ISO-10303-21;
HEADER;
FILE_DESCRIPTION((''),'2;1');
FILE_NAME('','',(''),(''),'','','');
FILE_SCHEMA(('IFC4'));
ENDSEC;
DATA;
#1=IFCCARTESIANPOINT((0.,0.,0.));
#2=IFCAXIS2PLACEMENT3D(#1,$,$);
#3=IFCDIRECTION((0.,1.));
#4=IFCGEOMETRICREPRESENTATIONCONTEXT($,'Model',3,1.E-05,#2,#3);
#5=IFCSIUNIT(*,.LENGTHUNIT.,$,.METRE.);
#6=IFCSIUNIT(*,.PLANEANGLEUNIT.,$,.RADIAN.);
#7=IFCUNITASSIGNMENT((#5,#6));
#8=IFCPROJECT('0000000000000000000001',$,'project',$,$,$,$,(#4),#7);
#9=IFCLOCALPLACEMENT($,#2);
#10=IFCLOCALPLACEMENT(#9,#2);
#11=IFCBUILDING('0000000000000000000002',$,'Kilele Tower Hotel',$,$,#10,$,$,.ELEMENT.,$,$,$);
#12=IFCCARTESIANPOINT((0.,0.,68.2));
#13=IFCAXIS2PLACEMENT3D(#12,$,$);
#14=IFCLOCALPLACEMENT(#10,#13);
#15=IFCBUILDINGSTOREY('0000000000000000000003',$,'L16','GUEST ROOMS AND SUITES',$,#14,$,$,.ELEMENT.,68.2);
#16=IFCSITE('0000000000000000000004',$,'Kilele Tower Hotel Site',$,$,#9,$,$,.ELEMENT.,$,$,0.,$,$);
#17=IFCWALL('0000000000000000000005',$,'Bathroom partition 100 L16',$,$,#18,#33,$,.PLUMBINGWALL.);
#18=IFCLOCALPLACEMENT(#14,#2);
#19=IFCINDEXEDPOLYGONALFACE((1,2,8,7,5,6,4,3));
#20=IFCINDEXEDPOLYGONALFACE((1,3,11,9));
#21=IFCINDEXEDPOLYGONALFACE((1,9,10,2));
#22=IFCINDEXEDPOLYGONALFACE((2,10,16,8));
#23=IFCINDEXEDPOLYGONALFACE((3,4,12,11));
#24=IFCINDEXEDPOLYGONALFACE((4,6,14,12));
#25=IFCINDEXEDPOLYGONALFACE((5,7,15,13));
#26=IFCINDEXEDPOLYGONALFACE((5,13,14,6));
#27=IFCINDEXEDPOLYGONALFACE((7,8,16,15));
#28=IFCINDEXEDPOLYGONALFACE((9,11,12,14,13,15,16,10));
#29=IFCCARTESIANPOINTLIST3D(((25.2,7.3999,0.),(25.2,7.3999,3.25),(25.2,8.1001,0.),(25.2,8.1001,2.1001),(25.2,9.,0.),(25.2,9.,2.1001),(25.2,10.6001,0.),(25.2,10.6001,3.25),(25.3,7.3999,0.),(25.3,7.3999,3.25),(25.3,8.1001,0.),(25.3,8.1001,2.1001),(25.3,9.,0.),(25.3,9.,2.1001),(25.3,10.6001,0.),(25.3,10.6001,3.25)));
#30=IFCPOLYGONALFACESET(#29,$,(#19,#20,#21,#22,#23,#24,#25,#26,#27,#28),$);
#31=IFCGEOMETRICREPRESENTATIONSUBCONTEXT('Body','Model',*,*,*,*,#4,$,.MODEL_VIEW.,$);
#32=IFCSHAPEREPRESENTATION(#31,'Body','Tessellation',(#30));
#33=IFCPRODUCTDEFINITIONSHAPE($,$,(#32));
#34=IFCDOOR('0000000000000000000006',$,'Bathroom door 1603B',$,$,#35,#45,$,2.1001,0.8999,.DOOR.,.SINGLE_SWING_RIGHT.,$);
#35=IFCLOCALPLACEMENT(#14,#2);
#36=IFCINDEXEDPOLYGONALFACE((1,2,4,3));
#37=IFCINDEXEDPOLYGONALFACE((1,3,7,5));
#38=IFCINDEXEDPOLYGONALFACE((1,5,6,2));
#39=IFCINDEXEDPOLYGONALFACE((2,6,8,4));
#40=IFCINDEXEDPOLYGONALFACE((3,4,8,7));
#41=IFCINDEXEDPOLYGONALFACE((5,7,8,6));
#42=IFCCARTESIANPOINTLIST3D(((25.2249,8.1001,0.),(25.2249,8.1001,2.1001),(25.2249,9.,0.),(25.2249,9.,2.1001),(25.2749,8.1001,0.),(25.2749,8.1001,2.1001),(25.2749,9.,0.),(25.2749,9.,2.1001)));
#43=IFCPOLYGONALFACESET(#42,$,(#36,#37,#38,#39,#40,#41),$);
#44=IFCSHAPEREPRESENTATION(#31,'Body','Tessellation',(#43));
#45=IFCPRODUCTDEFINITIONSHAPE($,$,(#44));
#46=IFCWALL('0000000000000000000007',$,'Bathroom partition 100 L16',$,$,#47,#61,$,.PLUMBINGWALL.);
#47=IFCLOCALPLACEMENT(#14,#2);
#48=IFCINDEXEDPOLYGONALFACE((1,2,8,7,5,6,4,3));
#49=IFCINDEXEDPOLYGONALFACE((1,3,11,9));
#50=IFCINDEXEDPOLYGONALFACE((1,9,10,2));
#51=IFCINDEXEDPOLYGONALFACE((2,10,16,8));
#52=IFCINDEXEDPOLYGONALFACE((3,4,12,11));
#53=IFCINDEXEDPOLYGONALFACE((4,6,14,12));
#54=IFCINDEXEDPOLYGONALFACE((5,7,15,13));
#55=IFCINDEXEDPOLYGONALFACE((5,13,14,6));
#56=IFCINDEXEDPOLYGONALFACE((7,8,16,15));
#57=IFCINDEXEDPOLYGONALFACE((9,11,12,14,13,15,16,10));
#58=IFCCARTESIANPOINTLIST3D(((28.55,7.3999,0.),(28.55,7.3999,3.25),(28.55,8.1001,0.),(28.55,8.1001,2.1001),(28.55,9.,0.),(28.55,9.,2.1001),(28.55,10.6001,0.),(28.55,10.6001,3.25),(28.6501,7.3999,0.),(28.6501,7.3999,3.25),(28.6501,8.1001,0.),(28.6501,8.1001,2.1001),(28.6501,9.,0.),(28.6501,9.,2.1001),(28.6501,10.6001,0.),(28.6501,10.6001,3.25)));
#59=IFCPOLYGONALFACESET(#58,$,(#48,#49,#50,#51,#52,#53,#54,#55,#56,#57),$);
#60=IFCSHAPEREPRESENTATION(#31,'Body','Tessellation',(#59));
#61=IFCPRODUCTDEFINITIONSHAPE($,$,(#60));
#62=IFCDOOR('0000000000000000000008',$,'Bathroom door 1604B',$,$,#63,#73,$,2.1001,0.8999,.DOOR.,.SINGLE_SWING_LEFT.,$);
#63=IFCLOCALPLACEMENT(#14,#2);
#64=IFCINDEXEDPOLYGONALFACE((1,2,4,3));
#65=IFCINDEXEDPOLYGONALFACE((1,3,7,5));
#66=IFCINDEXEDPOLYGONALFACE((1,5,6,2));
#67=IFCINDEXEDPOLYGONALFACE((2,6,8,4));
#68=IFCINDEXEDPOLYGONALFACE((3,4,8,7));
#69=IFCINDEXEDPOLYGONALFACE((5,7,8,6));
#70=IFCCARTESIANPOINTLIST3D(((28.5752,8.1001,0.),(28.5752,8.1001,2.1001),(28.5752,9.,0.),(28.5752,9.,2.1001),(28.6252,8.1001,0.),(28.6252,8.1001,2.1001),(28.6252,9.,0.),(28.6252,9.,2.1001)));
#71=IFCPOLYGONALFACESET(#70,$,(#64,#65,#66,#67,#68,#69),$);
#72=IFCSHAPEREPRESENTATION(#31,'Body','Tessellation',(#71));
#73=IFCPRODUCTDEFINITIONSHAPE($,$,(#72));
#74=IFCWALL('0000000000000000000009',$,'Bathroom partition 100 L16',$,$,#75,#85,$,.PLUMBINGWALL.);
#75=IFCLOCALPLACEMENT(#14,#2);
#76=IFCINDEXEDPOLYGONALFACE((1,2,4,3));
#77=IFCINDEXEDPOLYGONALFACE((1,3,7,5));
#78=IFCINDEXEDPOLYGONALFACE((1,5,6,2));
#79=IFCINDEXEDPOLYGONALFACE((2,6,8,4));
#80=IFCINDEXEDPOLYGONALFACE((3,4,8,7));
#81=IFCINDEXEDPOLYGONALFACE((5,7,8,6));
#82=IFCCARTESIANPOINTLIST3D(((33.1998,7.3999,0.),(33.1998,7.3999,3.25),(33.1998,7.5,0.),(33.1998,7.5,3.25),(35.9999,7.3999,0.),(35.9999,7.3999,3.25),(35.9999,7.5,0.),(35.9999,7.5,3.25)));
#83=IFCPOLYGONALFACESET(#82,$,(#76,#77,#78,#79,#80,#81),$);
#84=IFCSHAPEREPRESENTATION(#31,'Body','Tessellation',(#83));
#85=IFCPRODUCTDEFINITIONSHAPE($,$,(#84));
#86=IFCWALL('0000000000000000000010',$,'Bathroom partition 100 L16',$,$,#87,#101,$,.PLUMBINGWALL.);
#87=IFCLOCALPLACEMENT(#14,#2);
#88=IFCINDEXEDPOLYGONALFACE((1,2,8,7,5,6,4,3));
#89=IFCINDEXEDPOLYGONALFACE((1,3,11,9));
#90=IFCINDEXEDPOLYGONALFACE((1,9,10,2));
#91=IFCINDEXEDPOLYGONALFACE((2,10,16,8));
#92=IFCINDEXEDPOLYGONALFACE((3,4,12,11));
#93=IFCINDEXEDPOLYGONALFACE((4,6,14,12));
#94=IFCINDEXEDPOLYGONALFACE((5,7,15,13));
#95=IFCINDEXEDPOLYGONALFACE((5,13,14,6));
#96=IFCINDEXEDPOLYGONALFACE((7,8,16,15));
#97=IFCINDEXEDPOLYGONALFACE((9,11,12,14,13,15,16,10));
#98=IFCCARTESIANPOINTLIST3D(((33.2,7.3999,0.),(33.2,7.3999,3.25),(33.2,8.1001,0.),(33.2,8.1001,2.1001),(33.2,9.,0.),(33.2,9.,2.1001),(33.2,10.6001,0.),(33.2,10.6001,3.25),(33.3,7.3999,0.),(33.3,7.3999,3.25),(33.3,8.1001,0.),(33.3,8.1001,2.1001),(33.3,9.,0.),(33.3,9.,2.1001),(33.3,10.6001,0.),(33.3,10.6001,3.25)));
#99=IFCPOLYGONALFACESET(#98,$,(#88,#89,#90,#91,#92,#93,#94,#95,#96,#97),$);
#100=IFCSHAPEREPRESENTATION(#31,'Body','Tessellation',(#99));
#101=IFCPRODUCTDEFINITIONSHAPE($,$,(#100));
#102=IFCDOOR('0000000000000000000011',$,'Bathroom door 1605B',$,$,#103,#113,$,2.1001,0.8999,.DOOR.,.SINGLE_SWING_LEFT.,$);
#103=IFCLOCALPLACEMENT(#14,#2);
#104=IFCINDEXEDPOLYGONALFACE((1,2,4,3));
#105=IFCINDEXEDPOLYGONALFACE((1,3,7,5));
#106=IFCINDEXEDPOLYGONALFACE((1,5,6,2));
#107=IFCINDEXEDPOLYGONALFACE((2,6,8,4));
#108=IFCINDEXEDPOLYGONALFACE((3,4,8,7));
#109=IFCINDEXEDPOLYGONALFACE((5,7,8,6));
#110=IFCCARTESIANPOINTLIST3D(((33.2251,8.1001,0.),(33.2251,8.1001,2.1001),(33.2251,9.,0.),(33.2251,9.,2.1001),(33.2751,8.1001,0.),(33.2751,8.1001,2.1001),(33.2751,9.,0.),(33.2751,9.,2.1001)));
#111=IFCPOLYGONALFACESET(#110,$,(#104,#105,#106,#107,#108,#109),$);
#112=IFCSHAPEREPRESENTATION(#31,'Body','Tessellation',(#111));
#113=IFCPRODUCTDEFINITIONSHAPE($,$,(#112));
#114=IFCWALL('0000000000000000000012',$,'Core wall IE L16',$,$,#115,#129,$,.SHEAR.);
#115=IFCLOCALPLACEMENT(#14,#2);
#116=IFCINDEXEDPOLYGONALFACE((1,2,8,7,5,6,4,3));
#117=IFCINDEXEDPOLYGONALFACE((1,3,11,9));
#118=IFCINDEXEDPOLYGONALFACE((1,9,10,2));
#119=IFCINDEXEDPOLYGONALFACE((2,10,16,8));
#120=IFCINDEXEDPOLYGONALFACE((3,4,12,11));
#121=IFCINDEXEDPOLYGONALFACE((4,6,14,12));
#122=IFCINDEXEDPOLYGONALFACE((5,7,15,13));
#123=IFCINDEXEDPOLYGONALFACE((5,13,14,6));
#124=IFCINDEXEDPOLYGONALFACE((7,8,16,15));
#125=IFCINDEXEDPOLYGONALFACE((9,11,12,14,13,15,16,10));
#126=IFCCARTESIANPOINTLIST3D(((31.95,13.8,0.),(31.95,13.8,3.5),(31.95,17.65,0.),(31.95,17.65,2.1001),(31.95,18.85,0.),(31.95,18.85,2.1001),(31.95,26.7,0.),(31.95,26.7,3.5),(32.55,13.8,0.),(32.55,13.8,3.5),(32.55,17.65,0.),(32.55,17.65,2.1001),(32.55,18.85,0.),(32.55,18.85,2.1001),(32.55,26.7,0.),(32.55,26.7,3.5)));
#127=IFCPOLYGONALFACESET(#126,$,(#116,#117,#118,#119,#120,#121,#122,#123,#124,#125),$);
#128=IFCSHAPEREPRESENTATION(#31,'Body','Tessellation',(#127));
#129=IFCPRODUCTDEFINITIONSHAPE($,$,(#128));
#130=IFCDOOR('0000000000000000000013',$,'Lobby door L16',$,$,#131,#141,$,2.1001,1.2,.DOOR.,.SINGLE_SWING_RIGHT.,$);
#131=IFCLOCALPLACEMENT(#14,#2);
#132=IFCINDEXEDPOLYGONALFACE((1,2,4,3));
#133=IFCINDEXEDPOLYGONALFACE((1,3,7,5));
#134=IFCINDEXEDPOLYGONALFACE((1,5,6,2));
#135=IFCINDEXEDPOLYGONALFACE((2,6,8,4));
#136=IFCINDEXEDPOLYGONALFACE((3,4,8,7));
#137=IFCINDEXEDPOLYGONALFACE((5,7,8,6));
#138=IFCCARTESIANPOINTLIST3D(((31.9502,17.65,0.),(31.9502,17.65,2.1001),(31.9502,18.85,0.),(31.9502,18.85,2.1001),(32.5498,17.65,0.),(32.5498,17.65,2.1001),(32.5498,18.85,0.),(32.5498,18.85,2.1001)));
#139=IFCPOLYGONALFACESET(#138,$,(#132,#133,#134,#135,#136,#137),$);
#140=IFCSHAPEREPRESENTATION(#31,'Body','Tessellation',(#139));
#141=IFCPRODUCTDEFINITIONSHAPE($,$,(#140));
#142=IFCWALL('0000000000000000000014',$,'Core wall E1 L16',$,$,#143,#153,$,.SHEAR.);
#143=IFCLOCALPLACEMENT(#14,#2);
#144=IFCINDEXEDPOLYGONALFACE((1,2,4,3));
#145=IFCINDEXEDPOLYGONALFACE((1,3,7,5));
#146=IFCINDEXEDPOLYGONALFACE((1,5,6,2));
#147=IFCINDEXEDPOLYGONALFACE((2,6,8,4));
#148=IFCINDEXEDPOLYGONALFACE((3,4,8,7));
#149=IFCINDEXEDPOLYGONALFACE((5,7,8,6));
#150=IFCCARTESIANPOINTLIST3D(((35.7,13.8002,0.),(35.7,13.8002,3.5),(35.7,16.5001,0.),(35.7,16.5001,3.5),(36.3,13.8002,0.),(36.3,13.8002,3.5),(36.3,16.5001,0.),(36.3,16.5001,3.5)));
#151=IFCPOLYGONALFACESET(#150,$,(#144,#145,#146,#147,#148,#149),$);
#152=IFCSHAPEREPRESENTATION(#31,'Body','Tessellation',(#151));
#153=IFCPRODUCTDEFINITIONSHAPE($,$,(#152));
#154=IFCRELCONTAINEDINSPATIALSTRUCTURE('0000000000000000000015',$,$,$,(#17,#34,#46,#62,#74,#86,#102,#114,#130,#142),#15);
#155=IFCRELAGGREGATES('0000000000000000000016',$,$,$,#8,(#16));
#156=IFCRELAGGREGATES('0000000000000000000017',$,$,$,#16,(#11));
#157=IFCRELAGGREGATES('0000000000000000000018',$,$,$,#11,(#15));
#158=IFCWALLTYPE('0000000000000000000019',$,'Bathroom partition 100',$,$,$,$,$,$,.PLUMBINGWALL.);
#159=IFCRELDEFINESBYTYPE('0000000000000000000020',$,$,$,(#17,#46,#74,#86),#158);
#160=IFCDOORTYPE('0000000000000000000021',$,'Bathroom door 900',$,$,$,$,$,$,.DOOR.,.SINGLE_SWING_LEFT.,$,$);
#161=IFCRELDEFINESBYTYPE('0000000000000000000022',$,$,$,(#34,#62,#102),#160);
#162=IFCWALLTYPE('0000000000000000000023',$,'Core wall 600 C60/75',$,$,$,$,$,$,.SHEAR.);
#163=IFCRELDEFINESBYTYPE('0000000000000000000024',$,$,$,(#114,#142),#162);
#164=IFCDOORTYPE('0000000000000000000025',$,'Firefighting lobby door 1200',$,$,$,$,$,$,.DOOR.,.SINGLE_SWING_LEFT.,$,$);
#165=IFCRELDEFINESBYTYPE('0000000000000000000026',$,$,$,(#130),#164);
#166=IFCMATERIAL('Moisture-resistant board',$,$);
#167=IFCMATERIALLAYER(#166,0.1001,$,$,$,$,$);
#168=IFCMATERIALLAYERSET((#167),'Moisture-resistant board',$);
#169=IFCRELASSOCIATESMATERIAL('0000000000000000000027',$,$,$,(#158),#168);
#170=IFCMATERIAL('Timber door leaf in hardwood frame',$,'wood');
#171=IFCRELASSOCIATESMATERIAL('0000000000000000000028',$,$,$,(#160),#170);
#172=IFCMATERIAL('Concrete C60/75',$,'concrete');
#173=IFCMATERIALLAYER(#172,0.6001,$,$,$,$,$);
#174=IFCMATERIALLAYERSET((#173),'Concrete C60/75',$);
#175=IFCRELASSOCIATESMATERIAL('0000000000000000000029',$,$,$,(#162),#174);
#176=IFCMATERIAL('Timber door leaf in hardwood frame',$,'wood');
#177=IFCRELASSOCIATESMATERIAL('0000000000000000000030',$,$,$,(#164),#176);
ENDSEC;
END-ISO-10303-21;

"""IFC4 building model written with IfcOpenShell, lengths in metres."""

from ifc_helpers import new_model, si_unit, direction, frame, frame_2d, origin, place, context, subcontext, project, spatial, rectangle, extrude, material, layer, layer_set, type_object, element, fill, save


model = new_model("IFC4")

# Units and contexts
model_context = context("Model", 3, precision=1e-05, world=origin(), true_north=direction((0.0, 1.0)))
body_context = subcontext(model_context, "Body", "Model", "MODEL_VIEW")
ifc_project = project(units=[si_unit("LENGTHUNIT", "METRE"), si_unit("PLANEANGLEUNIT", "RADIAN")], contexts=[model_context])

# Site, building, storey
site_placement = place(None, origin())
site = spatial("IfcSite", under=ifc_project, at=site_placement, Name="Kilele Tower Hotel Site", CompositionType="ELEMENT", RefElevation=0.0)
building_placement = place(site_placement, origin())
building = spatial("IfcBuilding", under=site, at=building_placement, Name="Kilele Tower Hotel", CompositionType="ELEMENT")
storey_placement = place(building_placement, frame((0.0, 0.0, 68.2)))
storey = spatial("IfcBuildingStorey", under=building, at=storey_placement, Name="L16", Description="GUEST ROOMS AND SUITES", CompositionType="ELEMENT", Elevation=68.2)

# Walls, openings, doors
ifc_material_1 = material(Name="Moisture-resistant board")
ifc_layer_1 = layer(ifc_material_1, 0.1001)
ifc_layer_set_1 = layer_set([ifc_layer_1], Name="Moisture-resistant board")
wall_type_1 = type_object("IfcWallType", Name="Bathroom partition 100", PredefinedType="PLUMBINGWALL", material=ifc_layer_set_1)
wall_1_placement = place(storey_placement, frame((25.25, 10.6001, 0.0), z_axis=(0.0, 0.0, 1.0), x_axis=(0.0, -1.0, 0.0)))
wall_1 = element("IfcWall", 1, at=wall_1_placement, inside=storey, type_object=wall_type_1, Name="Bathroom partition 100 L16", PredefinedType="PLUMBINGWALL", context=body_context, shape_type="SweptSolid", body=[
    extrude(rectangle(XDim=3.2002, YDim=0.1001, at=frame_2d((1.6001, 0.0))), origin(), (0.0, 0.0, 1.0), 3.25),
])
opening_1_placement = place(wall_1_placement, frame((1.6001, 0.0, 0.0)))
opening_1 = element("IfcOpeningElement", 2, at=opening_1_placement, cuts=wall_1, PredefinedType="OPENING", context=body_context, shape_type="SweptSolid", body=[
    extrude(rectangle(XDim=0.8999, YDim=2.1001, at=frame_2d((0.45, 1.05))), frame((0.0, 0.0601, 0.0), z_axis=(0.0, -1.0, 0.0), x_axis=(1.0, 0.0, 0.0)), (0.0, 0.0, 1.0), 0.1201),
])
ifc_material_2 = material(Name="Timber door leaf in hardwood frame", Category="wood")
door_type_1 = type_object("IfcDoorType", Name="Bathroom door 900", OperationType="SINGLE_SWING_LEFT", PredefinedType="DOOR", material=ifc_material_2)
door_1_placement = place(opening_1_placement, origin())
door_1 = element("IfcDoor", 3, at=door_1_placement, inside=storey, type_object=door_type_1, Name="Bathroom door 1603B", OperationType="SINGLE_SWING_RIGHT", OverallHeight=2.1001, OverallWidth=0.8999, PredefinedType="DOOR", context=body_context, shape_type="SweptSolid", body=[
    extrude(rectangle(XDim=0.8999, YDim=2.1001, at=frame_2d((0.45, 1.05))), frame((0.0, 0.0249, 0.0), z_axis=(0.0, -1.0, 0.0), x_axis=(1.0, 0.0, 0.0)), (0.0, 0.0, 1.0), 0.05),
])
fill(opening_1, door_1)
wall_2_placement = place(storey_placement, frame((28.6001, 10.6001, 0.0), z_axis=(0.0, 0.0, 1.0), x_axis=(0.0, -1.0, 0.0)))
wall_2 = element("IfcWall", 4, at=wall_2_placement, inside=storey, type_object=wall_type_1, Name="Bathroom partition 100 L16", PredefinedType="PLUMBINGWALL", context=body_context, shape_type="SweptSolid", body=[
    extrude(rectangle(XDim=3.2002, YDim=0.1001, at=frame_2d((1.6001, 0.0))), origin(), (0.0, 0.0, 1.0), 3.25),
])
opening_2_placement = place(wall_2_placement, frame((2.5, 0.0, 0.0), z_axis=(0.0, 0.0, 1.0), x_axis=(-1.0, 0.0, 0.0)))
opening_2 = element("IfcOpeningElement", 5, at=opening_2_placement, cuts=wall_2, PredefinedType="OPENING", context=body_context, shape_type="SweptSolid", body=[
    extrude(rectangle(XDim=0.8999, YDim=2.1001, at=frame_2d((0.45, 1.05))), frame((0.0, 0.0601, 0.0), z_axis=(0.0, -1.0, 0.0), x_axis=(1.0, 0.0, 0.0)), (0.0, 0.0, 1.0), 0.1201),
])
door_2_placement = place(opening_2_placement, origin())
door_2 = element("IfcDoor", 6, at=door_2_placement, inside=storey, type_object=door_type_1, Name="Bathroom door 1604B", OperationType="SINGLE_SWING_LEFT", OverallHeight=2.1001, OverallWidth=0.8999, PredefinedType="DOOR", context=body_context, shape_type="SweptSolid", body=[
    extrude(rectangle(XDim=0.8999, YDim=2.1001, at=frame_2d((0.45, 1.05))), frame((0.0, 0.0249, 0.0), z_axis=(0.0, -1.0, 0.0), x_axis=(1.0, 0.0, 0.0)), (0.0, 0.0, 1.0), 0.05),
])
fill(opening_2, door_2)

# Wall
wall_3_placement = place(storey_placement, frame((33.2, 7.45, 0.0), z_axis=(0.0, 0.0, 1.0), x_axis=(1.0, 0.0, 0.0)))
element("IfcWall", 7, at=wall_3_placement, inside=storey, type_object=wall_type_1, Name="Bathroom partition 100 L16", PredefinedType="PLUMBINGWALL", context=body_context, shape_type="SweptSolid", body=[
    extrude(rectangle(XDim=2.8, YDim=0.1001, at=frame_2d((1.3999, 0.0))), origin(), (0.0, 0.0, 1.0), 3.25),
])

# Walls, openings, doors
wall_4_placement = place(storey_placement, frame((33.25, 10.6001, 0.0), z_axis=(0.0, 0.0, 1.0), x_axis=(0.0, -1.0, 0.0)))
wall_4 = element("IfcWall", 8, at=wall_4_placement, inside=storey, type_object=wall_type_1, Name="Bathroom partition 100 L16", PredefinedType="PLUMBINGWALL", context=body_context, shape_type="SweptSolid", body=[
    extrude(rectangle(XDim=3.2002, YDim=0.1001, at=frame_2d((1.6001, 0.0))), origin(), (0.0, 0.0, 1.0), 3.25),
])
opening_3_placement = place(wall_4_placement, frame((2.5, 0.0, 0.0), z_axis=(0.0, 0.0, 1.0), x_axis=(-1.0, 0.0, 0.0)))
opening_3 = element("IfcOpeningElement", 9, at=opening_3_placement, cuts=wall_4, PredefinedType="OPENING", context=body_context, shape_type="SweptSolid", body=[
    extrude(rectangle(XDim=0.8999, YDim=2.1001, at=frame_2d((0.45, 1.05))), frame((0.0, 0.0601, 0.0), z_axis=(0.0, -1.0, 0.0), x_axis=(1.0, 0.0, 0.0)), (0.0, 0.0, 1.0), 0.1201),
])
door_3_placement = place(opening_3_placement, origin())
door_3 = element("IfcDoor", 10, at=door_3_placement, inside=storey, type_object=door_type_1, Name="Bathroom door 1605B", OperationType="SINGLE_SWING_LEFT", OverallHeight=2.1001, OverallWidth=0.8999, PredefinedType="DOOR", context=body_context, shape_type="SweptSolid", body=[
    extrude(rectangle(XDim=0.8999, YDim=2.1001, at=frame_2d((0.45, 1.05))), frame((0.0, 0.0249, 0.0), z_axis=(0.0, -1.0, 0.0), x_axis=(1.0, 0.0, 0.0)), (0.0, 0.0, 1.0), 0.05),
])
fill(opening_3, door_3)
ifc_material_3 = material(Name="Concrete C60/75", Category="concrete")
ifc_layer_2 = layer(ifc_material_3, 0.6001)
ifc_layer_set_2 = layer_set([ifc_layer_2], Name="Concrete C60/75")
wall_type_2 = type_object("IfcWallType", Name="Core wall 600 C60/75", PredefinedType="SHEAR", material=ifc_layer_set_2)
wall_5_placement = place(storey_placement, frame((32.25, 13.8, 0.0), z_axis=(0.0, 0.0, 1.0), x_axis=(0.0, 1.0, 0.0)))
wall_5 = element("IfcWall", 11, at=wall_5_placement, inside=storey, type_object=wall_type_2, Name="Core wall IE L16", PredefinedType="SHEAR", context=body_context, shape_type="SweptSolid", body=[
    extrude(rectangle(XDim=12.8999, YDim=0.6001, at=frame_2d((6.45, 0.0))), origin(), (0.0, 0.0, 1.0), 3.5),
])
opening_4_placement = place(wall_5_placement, frame((5.05, 0.0, 0.0), z_axis=(0.0, 0.0, 1.0), x_axis=(-1.0, 0.0, 0.0)))
opening_4 = element("IfcOpeningElement", 12, at=opening_4_placement, cuts=wall_5, PredefinedType="OPENING", context=body_context, shape_type="SweptSolid", body=[
    extrude(rectangle(XDim=1.2, YDim=2.1001, at=frame_2d((0.6001, 1.05))), frame((0.0, 0.3101, 0.0), z_axis=(0.0, -1.0, 0.0), x_axis=(1.0, 0.0, 0.0)), (0.0, 0.0, 1.0), 0.6201),
])
ifc_material_4 = material(Name="Timber door leaf in hardwood frame", Category="wood")
door_type_2 = type_object("IfcDoorType", Name="Firefighting lobby door 1200", OperationType="SINGLE_SWING_LEFT", PredefinedType="DOOR", material=ifc_material_4)
door_4_placement = place(opening_4_placement, origin())
door_4 = element("IfcDoor", 13, at=door_4_placement, inside=storey, type_object=door_type_2, Name="Lobby door L16", OperationType="SINGLE_SWING_RIGHT", OverallHeight=2.1001, OverallWidth=1.2, PredefinedType="DOOR", context=body_context, shape_type="SweptSolid", body=[
    extrude(rectangle(XDim=1.2, YDim=2.1001, at=frame_2d((0.6001, 1.05))), frame((0.0, 0.2998, 0.0), z_axis=(0.0, -1.0, 0.0), x_axis=(1.0, 0.0, 0.0)), (0.0, 0.0, 1.0), 0.5996),
])
fill(opening_4, door_4)

# Wall
wall_6_placement = place(storey_placement, frame((36.0, 13.8, 0.0), z_axis=(0.0, 0.0, 1.0), x_axis=(0.0, 1.0, 0.0)))
element("IfcWall", 14, at=wall_6_placement, inside=storey, type_object=wall_type_2, Name="Core wall E1 L16", PredefinedType="SHEAR", context=body_context, shape_type="SweptSolid", body=[
    extrude(rectangle(XDim=2.7, YDim=0.6001, at=frame_2d((1.3501, 0.0))), origin(), (0.0, 0.0, 1.0), 3.5),
])

save(model, "model.ifc")
